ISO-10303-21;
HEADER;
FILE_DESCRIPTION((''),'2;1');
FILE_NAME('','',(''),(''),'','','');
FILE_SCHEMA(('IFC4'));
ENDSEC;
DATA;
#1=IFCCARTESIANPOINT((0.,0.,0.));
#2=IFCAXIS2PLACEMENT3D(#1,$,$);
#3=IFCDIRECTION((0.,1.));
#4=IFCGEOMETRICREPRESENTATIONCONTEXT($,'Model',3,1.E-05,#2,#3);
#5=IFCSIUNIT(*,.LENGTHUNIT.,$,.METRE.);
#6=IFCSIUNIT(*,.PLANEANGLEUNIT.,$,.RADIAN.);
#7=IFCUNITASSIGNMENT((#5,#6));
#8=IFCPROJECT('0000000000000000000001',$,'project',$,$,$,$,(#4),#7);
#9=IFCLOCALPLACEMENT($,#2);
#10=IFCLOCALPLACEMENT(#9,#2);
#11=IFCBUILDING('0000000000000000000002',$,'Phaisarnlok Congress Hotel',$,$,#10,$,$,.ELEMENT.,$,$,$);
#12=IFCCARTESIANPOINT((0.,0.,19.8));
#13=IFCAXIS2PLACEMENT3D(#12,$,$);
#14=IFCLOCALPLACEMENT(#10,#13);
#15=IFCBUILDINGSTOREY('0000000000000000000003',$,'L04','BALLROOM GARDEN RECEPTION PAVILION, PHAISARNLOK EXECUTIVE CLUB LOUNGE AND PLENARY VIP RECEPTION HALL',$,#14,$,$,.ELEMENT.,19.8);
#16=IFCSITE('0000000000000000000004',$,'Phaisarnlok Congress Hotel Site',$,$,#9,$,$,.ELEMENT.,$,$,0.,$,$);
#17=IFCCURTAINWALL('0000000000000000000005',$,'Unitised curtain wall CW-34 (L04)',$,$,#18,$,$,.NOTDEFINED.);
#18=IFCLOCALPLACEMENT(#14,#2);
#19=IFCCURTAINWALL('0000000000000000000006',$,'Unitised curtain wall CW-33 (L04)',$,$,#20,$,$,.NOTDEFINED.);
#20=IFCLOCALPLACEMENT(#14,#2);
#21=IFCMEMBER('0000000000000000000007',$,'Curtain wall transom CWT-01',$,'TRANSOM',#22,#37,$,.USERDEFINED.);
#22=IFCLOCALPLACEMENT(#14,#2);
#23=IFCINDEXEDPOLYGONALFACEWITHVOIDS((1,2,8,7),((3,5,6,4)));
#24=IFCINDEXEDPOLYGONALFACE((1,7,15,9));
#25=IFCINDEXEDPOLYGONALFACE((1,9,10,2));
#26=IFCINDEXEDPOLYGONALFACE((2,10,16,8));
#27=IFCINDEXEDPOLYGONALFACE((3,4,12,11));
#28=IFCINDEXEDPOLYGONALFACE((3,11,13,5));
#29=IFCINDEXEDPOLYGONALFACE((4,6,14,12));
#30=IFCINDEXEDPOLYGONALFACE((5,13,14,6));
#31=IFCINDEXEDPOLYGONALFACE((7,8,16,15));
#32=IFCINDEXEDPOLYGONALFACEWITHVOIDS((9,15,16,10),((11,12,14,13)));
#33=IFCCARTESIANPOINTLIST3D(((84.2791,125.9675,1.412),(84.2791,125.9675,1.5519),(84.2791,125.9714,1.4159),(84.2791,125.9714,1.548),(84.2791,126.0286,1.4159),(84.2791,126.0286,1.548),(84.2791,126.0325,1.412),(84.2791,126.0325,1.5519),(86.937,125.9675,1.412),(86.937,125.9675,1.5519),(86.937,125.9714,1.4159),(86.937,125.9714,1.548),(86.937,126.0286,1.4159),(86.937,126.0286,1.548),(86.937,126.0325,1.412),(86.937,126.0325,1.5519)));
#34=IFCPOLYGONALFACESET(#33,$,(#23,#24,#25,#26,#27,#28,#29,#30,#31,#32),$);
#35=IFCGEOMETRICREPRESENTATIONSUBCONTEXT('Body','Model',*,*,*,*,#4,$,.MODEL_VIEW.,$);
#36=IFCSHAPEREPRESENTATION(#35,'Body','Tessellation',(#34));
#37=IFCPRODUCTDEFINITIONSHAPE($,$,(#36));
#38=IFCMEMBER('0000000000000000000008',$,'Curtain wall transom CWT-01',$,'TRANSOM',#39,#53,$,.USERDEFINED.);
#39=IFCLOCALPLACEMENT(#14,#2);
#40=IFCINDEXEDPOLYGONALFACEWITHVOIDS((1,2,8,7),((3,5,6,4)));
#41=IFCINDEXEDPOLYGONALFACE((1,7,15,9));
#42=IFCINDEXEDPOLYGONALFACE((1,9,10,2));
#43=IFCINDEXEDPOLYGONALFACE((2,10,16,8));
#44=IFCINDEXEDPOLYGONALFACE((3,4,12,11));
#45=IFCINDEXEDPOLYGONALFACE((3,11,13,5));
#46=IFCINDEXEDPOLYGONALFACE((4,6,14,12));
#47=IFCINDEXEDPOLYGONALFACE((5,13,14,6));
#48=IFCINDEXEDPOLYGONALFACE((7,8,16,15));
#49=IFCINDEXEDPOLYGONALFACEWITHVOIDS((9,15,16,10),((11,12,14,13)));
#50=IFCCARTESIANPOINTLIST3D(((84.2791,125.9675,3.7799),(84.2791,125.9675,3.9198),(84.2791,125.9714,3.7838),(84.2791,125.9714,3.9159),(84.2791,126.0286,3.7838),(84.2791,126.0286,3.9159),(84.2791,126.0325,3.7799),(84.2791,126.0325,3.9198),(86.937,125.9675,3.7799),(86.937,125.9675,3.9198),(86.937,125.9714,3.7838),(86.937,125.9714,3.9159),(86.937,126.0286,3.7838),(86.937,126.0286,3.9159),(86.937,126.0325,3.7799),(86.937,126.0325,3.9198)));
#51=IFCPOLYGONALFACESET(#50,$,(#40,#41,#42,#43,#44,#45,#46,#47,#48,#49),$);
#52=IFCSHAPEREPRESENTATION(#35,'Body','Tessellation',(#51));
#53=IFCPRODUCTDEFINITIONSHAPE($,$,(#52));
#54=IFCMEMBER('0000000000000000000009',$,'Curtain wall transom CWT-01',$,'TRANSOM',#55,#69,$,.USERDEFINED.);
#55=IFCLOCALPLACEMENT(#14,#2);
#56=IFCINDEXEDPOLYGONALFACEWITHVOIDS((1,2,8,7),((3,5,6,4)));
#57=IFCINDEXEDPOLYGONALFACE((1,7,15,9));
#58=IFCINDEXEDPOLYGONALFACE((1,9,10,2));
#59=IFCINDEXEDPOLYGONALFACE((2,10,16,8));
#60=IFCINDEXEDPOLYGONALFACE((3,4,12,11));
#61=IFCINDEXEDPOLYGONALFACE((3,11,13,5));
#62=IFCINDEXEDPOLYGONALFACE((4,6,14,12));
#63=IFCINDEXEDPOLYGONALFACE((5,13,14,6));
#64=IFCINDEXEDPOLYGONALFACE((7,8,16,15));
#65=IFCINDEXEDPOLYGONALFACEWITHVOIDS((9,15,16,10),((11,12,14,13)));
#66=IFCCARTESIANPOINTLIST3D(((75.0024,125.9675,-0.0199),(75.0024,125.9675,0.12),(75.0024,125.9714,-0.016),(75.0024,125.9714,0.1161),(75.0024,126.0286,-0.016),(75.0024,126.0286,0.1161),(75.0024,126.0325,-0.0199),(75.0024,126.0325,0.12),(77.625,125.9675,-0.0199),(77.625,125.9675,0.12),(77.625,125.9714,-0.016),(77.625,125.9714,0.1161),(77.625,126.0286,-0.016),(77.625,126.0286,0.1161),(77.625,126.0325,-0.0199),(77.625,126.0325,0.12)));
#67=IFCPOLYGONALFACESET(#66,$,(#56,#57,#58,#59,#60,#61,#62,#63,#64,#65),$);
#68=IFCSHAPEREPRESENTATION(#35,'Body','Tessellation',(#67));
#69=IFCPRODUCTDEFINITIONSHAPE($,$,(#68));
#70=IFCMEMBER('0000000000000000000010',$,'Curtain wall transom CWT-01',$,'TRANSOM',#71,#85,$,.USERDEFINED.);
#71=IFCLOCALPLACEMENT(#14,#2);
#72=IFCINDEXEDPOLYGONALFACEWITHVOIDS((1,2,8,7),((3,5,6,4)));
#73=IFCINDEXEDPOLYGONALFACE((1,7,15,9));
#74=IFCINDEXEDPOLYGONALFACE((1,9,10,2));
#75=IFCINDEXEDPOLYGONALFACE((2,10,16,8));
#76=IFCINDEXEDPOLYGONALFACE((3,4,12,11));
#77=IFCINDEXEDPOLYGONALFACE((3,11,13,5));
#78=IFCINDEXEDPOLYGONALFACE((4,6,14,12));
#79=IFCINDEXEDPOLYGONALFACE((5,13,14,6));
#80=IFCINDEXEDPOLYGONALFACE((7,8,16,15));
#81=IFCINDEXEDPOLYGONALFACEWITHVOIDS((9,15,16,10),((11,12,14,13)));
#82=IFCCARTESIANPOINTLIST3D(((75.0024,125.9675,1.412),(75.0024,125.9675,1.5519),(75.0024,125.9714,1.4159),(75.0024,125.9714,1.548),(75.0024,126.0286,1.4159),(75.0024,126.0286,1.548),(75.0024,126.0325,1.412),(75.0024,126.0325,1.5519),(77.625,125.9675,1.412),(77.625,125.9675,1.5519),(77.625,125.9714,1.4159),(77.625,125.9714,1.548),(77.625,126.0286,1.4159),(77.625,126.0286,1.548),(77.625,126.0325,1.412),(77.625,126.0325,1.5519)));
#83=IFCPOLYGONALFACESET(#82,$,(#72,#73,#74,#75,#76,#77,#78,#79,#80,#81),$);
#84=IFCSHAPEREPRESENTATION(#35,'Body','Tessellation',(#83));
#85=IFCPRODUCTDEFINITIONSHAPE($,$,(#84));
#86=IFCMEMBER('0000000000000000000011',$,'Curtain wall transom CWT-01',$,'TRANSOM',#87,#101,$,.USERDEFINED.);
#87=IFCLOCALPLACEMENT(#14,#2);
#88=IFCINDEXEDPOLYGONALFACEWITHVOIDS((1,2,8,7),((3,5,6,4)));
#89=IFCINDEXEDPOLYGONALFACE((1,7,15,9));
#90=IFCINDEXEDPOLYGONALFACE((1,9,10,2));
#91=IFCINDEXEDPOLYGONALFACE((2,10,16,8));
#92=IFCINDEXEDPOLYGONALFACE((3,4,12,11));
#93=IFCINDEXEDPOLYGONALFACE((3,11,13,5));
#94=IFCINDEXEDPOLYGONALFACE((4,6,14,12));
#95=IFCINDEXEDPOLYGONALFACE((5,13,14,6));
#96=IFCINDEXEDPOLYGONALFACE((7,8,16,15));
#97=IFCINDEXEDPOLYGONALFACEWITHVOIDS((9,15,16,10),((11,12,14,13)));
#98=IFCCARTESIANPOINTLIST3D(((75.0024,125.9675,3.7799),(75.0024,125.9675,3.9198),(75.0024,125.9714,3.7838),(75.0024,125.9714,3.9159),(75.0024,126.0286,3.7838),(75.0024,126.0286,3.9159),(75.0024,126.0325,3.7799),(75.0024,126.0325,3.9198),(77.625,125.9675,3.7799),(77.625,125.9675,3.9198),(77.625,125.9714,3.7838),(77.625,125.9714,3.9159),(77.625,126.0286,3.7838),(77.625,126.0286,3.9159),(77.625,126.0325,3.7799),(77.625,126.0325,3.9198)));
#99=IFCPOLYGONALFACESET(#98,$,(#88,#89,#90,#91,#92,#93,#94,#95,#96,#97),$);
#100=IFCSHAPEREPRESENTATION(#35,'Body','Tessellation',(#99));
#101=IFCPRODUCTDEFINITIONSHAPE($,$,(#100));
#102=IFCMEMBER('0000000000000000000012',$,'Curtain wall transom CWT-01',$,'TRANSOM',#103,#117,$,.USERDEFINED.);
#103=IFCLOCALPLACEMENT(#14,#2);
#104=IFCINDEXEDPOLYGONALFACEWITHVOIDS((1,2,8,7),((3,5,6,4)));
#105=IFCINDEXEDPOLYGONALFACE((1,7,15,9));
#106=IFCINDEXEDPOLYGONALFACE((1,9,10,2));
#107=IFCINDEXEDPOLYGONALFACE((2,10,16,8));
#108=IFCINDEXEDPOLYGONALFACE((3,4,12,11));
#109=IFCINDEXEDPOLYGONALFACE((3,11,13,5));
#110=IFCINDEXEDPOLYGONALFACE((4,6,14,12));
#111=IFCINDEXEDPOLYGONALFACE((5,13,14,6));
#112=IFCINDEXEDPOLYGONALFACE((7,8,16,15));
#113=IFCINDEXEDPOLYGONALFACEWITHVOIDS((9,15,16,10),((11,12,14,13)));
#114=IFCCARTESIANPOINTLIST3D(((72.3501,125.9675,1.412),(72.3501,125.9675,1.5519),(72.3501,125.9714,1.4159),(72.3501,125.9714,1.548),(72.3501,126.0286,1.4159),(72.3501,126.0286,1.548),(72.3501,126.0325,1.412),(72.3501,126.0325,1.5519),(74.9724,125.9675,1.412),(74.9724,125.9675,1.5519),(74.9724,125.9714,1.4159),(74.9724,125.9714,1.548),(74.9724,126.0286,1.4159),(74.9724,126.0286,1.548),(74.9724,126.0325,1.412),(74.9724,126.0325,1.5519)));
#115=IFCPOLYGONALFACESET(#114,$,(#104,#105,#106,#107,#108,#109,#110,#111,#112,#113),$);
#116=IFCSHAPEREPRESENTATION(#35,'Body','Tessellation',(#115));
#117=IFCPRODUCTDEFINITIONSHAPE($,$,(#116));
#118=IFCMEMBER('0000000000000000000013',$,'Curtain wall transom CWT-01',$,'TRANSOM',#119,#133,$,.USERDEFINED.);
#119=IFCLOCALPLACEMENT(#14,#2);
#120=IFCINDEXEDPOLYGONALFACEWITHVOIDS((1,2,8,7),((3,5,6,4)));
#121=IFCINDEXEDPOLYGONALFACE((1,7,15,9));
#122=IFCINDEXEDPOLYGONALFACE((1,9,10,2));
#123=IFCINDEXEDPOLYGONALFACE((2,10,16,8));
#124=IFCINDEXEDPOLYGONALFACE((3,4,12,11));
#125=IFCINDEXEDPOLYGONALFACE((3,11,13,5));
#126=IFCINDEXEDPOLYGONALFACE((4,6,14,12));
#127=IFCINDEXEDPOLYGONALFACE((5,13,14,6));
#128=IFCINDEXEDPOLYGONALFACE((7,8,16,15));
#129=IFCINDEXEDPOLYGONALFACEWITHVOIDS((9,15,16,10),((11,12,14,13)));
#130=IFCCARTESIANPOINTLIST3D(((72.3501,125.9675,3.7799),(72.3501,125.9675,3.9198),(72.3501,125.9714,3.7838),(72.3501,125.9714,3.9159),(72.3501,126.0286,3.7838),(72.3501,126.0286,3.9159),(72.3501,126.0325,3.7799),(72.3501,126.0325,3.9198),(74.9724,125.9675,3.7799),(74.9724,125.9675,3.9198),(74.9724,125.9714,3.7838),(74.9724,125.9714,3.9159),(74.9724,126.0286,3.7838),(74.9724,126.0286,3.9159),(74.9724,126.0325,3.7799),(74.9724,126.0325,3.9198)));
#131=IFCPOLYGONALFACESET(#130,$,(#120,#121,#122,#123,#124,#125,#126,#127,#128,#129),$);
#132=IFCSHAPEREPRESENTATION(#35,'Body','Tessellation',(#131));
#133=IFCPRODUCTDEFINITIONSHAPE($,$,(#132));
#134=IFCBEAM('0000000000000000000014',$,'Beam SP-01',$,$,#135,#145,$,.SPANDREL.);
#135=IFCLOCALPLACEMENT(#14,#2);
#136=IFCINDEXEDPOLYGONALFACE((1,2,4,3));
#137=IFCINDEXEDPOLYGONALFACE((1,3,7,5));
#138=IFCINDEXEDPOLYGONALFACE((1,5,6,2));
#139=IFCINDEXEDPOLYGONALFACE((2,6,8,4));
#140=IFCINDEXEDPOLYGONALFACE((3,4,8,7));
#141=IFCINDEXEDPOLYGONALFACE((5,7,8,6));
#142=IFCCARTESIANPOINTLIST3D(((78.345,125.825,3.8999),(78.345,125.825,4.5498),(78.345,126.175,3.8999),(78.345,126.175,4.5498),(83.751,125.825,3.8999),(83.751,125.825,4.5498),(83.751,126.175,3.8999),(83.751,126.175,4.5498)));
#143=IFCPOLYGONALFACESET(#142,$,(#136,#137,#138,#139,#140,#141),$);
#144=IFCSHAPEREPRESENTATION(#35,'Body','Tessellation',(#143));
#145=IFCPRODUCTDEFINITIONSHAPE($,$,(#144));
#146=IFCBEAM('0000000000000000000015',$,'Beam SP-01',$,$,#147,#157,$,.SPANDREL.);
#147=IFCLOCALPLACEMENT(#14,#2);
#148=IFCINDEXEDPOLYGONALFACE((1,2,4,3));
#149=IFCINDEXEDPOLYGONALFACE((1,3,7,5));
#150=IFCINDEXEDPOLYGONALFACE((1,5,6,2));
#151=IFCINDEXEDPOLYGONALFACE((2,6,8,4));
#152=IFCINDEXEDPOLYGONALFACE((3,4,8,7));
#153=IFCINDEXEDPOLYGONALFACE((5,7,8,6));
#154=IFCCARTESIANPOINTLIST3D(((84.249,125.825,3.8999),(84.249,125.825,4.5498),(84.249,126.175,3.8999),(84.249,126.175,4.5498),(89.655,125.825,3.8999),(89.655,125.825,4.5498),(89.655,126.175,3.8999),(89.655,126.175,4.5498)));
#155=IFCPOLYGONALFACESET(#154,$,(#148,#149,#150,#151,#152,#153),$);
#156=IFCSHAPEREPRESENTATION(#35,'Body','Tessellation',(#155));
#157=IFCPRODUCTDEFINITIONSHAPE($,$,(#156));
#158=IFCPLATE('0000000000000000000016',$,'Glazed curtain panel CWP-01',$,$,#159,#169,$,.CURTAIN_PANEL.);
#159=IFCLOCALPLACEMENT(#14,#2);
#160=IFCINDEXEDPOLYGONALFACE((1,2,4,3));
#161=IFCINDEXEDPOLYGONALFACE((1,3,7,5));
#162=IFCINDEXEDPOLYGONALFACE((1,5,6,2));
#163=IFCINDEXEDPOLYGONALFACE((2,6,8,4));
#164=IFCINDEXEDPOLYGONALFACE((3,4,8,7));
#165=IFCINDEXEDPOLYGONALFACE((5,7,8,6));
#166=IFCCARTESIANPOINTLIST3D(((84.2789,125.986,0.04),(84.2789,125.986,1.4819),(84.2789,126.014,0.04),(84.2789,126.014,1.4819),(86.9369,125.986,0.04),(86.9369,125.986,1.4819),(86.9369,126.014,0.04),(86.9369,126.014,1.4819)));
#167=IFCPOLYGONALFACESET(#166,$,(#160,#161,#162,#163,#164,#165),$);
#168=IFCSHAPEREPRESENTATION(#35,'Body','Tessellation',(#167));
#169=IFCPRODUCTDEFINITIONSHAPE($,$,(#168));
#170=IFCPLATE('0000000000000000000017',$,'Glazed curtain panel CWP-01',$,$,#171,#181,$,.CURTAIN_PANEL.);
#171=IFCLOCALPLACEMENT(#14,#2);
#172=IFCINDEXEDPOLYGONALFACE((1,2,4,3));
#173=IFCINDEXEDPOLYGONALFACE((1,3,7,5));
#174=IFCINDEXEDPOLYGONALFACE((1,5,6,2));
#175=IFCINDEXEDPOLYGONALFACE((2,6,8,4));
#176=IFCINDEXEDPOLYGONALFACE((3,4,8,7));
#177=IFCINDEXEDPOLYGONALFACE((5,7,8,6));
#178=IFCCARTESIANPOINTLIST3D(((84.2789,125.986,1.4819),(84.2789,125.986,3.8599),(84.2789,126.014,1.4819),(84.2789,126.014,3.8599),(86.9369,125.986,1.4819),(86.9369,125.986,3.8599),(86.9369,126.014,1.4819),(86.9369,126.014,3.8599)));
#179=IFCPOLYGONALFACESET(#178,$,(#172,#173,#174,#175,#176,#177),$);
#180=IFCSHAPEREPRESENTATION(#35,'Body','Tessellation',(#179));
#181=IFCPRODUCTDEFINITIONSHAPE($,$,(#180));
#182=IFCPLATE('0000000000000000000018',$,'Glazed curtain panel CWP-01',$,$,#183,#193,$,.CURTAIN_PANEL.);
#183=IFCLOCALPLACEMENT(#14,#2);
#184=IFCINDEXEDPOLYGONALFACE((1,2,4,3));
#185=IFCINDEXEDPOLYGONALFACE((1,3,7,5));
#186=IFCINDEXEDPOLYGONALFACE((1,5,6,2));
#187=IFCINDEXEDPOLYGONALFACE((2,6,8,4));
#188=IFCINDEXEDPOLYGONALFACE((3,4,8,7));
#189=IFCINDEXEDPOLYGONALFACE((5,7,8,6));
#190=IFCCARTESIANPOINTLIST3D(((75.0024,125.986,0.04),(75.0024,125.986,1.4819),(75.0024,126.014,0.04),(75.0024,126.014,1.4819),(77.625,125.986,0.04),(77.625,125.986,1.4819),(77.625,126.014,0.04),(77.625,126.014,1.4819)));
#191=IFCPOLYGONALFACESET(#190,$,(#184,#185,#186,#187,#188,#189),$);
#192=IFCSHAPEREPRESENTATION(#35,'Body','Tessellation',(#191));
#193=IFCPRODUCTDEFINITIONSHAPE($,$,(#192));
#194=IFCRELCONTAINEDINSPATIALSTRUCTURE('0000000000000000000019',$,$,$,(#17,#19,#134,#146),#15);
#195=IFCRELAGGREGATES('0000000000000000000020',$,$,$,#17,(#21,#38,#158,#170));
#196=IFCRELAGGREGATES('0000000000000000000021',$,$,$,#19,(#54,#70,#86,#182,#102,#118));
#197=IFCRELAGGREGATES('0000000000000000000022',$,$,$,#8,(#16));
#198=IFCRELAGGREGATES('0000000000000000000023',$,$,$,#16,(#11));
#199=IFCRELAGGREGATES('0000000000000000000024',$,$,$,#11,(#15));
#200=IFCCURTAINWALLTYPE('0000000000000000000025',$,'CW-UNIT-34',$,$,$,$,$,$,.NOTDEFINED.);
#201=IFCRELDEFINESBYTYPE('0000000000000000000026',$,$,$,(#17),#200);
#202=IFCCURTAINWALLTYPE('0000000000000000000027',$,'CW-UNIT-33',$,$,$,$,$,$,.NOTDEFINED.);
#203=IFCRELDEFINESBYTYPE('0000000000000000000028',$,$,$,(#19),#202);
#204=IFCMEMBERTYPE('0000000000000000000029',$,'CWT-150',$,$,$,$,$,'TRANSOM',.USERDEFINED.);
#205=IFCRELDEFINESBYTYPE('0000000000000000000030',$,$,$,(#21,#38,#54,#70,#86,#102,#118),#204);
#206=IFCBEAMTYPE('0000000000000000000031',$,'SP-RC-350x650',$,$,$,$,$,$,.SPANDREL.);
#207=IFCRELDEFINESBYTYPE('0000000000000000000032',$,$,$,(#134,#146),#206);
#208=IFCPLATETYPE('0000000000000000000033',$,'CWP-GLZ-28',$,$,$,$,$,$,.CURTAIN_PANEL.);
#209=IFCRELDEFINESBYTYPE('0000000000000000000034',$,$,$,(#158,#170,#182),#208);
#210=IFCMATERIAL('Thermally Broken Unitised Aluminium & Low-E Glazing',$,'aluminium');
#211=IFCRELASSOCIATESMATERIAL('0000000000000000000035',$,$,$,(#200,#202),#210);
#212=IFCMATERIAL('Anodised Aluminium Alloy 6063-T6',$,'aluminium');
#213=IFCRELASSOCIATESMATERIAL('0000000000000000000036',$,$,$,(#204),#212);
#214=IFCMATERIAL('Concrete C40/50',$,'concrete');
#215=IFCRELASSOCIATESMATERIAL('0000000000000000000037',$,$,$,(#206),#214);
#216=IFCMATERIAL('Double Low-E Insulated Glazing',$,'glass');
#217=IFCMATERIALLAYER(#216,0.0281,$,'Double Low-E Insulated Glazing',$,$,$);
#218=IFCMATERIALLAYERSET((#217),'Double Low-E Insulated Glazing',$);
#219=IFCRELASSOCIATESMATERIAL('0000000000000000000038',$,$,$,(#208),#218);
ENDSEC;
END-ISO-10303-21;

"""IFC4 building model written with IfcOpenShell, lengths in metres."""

from ifc_helpers import new_model, si_unit, direction, frame, frame_2d, origin, origin_2d, place, context, subcontext, project, spatial, rectangle, hollow_rectangle, extrude, material, layer, layer_set, material_profile, profile_set, type_object, element, aggregate, save


model = new_model("IFC4")

# Units and contexts
model_context = context("Model", 3, precision=1e-05, world=origin(), true_north=direction((0.0, 1.0)))
body_context = subcontext(model_context, "Body", "Model", "MODEL_VIEW")
ifc_project = project(units=[si_unit("LENGTHUNIT", "METRE"), si_unit("PLANEANGLEUNIT", "RADIAN")], contexts=[model_context])

# Site, building, storey
site_placement = place(None, origin())
site = spatial("IfcSite", under=ifc_project, at=site_placement, Name="Phaisarnlok Congress Hotel Site", CompositionType="ELEMENT", RefElevation=0.0)
building_placement = place(site_placement, origin())
building = spatial("IfcBuilding", under=site, at=building_placement, Name="Phaisarnlok Congress Hotel", CompositionType="ELEMENT")
storey_placement = place(building_placement, frame((0.0, 0.0, 19.8)))
storey = spatial("IfcBuildingStorey", under=building, at=storey_placement, Name="L04", Description="BALLROOM GARDEN RECEPTION PAVILION, PHAISARNLOK EXECUTIVE CLUB LOUNGE AND PLENARY VIP RECEPTION HALL", CompositionType="ELEMENT", Elevation=19.8)

# Curtain walls
ifc_material_1 = material(Name="Thermally Broken Unitised Aluminium & Low-E Glazing", Category="aluminium")
curtain_wall_type_1 = type_object("IfcCurtainWallType", Name="CW-UNIT-34", PredefinedType="NOTDEFINED", material=ifc_material_1)
curtain_wall_1_placement = place(storey_placement, origin())
curtain_wall_1 = element("IfcCurtainWall", 1, at=curtain_wall_1_placement, inside=storey, type_object=curtain_wall_type_1, Name="Unitised curtain wall CW-34 (L04)", PredefinedType="NOTDEFINED")
ifc_material_2 = material(Name="Anodised Aluminium Alloy 6063-T6", Category="aluminium")
curtain_wall_type_2 = type_object("IfcCurtainWallType", Name="CW-UNIT-33", PredefinedType="NOTDEFINED", material=ifc_material_1)
curtain_wall_2_placement = place(storey_placement, origin())
curtain_wall_2 = element("IfcCurtainWall", 2, at=curtain_wall_2_placement, inside=storey, type_object=curtain_wall_type_2, Name="Unitised curtain wall CW-33 (L04)", PredefinedType="NOTDEFINED")

# Members
ifc_material_profile_1 = material_profile(ifc_material_2, hollow_rectangle(XDim=0.0649, YDim=0.1399, WallThickness=0.0039, at=origin_2d()), Name="ALU-T 65x140x4")
ifc_profile_set_1 = profile_set([ifc_material_profile_1], Name="Anodised Aluminium Alloy 6063-T6")
member_type_1 = type_object("IfcMemberType", Name="CWT-150", ElementType="TRANSOM", PredefinedType="USERDEFINED", material=ifc_profile_set_1)
member_1_placement = place(storey_placement, frame((86.937, 126.0, 1.4819), z_axis=(-1.0, 0.0, 0.0), x_axis=(0.0, -1.0, 0.0)))
member_1 = element("IfcMember", 3, at=member_1_placement, type_object=member_type_1, Name="Curtain wall transom CWT-01", ObjectType="TRANSOM", PredefinedType="USERDEFINED", context=body_context, shape_type="SweptSolid", body=[
    extrude(hollow_rectangle(XDim=0.0649, YDim=0.1399, WallThickness=0.0039, at=origin_2d()), origin(), (0.0, 0.0, 1.0), 2.658),
])
member_2_placement = place(storey_placement, frame((86.937, 126.0, 3.8499), z_axis=(-1.0, 0.0, 0.0), x_axis=(0.0, -1.0, 0.0)))
member_2 = element("IfcMember", 4, at=member_2_placement, type_object=member_type_1, Name="Curtain wall transom CWT-01", ObjectType="TRANSOM", PredefinedType="USERDEFINED", context=body_context, shape_type="SweptSolid", body=[
    extrude(hollow_rectangle(XDim=0.0649, YDim=0.1399, WallThickness=0.0039, at=origin_2d()), origin(), (0.0, 0.0, 1.0), 2.658),
])
member_3_placement = place(storey_placement, frame((77.625, 126.0, 0.05), z_axis=(-1.0, 0.0, 0.0), x_axis=(0.0, -1.0, 0.0)))
member_3 = element("IfcMember", 5, at=member_3_placement, type_object=member_type_1, Name="Curtain wall transom CWT-01", ObjectType="TRANSOM", PredefinedType="USERDEFINED", context=body_context, shape_type="SweptSolid", body=[
    extrude(hollow_rectangle(XDim=0.0649, YDim=0.1399, WallThickness=0.0039, at=origin_2d()), origin(), (0.0, 0.0, 1.0), 2.6226),
])
member_4_placement = place(storey_placement, frame((77.625, 126.0, 1.4819), z_axis=(-1.0, 0.0, 0.0), x_axis=(0.0, -1.0, 0.0)))
member_4 = element("IfcMember", 6, at=member_4_placement, type_object=member_type_1, Name="Curtain wall transom CWT-01", ObjectType="TRANSOM", PredefinedType="USERDEFINED", context=body_context, shape_type="SweptSolid", body=[
    extrude(hollow_rectangle(XDim=0.0649, YDim=0.1399, WallThickness=0.0039, at=origin_2d()), origin(), (0.0, 0.0, 1.0), 2.6226),
])
member_5_placement = place(storey_placement, frame((77.625, 126.0, 3.8499), z_axis=(-1.0, 0.0, 0.0), x_axis=(0.0, -1.0, 0.0)))
member_5 = element("IfcMember", 7, at=member_5_placement, type_object=member_type_1, Name="Curtain wall transom CWT-01", ObjectType="TRANSOM", PredefinedType="USERDEFINED", context=body_context, shape_type="SweptSolid", body=[
    extrude(hollow_rectangle(XDim=0.0649, YDim=0.1399, WallThickness=0.0039, at=origin_2d()), origin(), (0.0, 0.0, 1.0), 2.6226),
])
member_6_placement = place(storey_placement, frame((74.9724, 126.0, 1.4819), z_axis=(-1.0, 0.0, 0.0), x_axis=(0.0, -1.0, 0.0)))
member_6 = element("IfcMember", 8, at=member_6_placement, type_object=member_type_1, Name="Curtain wall transom CWT-01", ObjectType="TRANSOM", PredefinedType="USERDEFINED", context=body_context, shape_type="SweptSolid", body=[
    extrude(hollow_rectangle(XDim=0.0649, YDim=0.1399, WallThickness=0.0039, at=origin_2d()), origin(), (0.0, 0.0, 1.0), 2.6223),
])
member_7_placement = place(storey_placement, frame((74.9724, 126.0, 3.8499), z_axis=(-1.0, 0.0, 0.0), x_axis=(0.0, -1.0, 0.0)))
member_7 = element("IfcMember", 9, at=member_7_placement, type_object=member_type_1, Name="Curtain wall transom CWT-01", ObjectType="TRANSOM", PredefinedType="USERDEFINED", context=body_context, shape_type="SweptSolid", body=[
    extrude(hollow_rectangle(XDim=0.0649, YDim=0.1399, WallThickness=0.0039, at=origin_2d()), origin(), (0.0, 0.0, 1.0), 2.6223),
])

# Beams
ifc_material_3 = material(Name="Concrete C40/50", Category="concrete")
ifc_material_profile_2 = material_profile(ifc_material_3, rectangle(XDim=0.3501, YDim=0.6499, at=origin_2d()), Name="RC 350x650")
ifc_profile_set_2 = profile_set([ifc_material_profile_2], Name="Concrete C40/50")
beam_type = type_object("IfcBeamType", Name="SP-RC-350x650", PredefinedType="SPANDREL", material=ifc_profile_set_2)
for number, where, z_axis, x_axis, name in (
    (10, (78.345, 126.0, 4.2249), (1.0, 0.0, 0.0), (0.0, 1.0, 0.0), "Beam SP-01"),
    (11, (84.249, 126.0, 4.2249), (1.0, 0.0, 0.0), (0.0, 1.0, 0.0), "Beam SP-01"),
):
    element("IfcBeam", number, at=place(storey_placement, frame(where, z_axis=z_axis, x_axis=x_axis)), inside=storey, type_object=beam_type, Name=name, PredefinedType="SPANDREL", context=body_context, shape_type="SweptSolid", body=[
        extrude(rectangle(XDim=0.3501, YDim=0.6499, at=origin_2d()), origin(), (0.0, 0.0, 1.0), 5.406),
    ])

# Plates
ifc_material_4 = material(Name="Double Low-E Insulated Glazing", Category="glass")
ifc_layer_1 = layer(ifc_material_4, 0.0281, Name="Double Low-E Insulated Glazing")
ifc_layer_set_1 = layer_set([ifc_layer_1], Name="Double Low-E Insulated Glazing")
plate_type_1 = type_object("IfcPlateType", Name="CWP-GLZ-28", PredefinedType="CURTAIN_PANEL", material=ifc_layer_set_1)
plate_1_placement = place(storey_placement, frame((86.937, 126.0, 0.04), z_axis=(0.0, 0.0, 1.0), x_axis=(-1.0, 0.0, 0.0)))
plate_1 = element("IfcPlate", 12, at=plate_1_placement, type_object=plate_type_1, Name="Glazed curtain panel CWP-01", PredefinedType="CURTAIN_PANEL", context=body_context, shape_type="SweptSolid", body=[
    extrude(rectangle(XDim=2.658, YDim=0.0281, at=frame_2d((1.3291, 0.0))), origin(), (0.0, 0.0, 1.0), 1.4419),
])
plate_2_placement = place(storey_placement, frame((86.937, 126.0, 1.4819), z_axis=(0.0, 0.0, 1.0), x_axis=(-1.0, 0.0, 0.0)))
plate_2 = element("IfcPlate", 13, at=plate_2_placement, type_object=plate_type_1, Name="Glazed curtain panel CWP-01", PredefinedType="CURTAIN_PANEL", context=body_context, shape_type="SweptSolid", body=[
    extrude(rectangle(XDim=2.658, YDim=0.0281, at=frame_2d((1.3291, 0.0))), origin(), (0.0, 0.0, 1.0), 2.3779),
])
aggregate(curtain_wall_1, [member_1, member_2, plate_1, plate_2])
plate_3_placement = place(storey_placement, frame((77.625, 126.0, 0.04), z_axis=(0.0, 0.0, 1.0), x_axis=(-1.0, 0.0, 0.0)))
plate_3 = element("IfcPlate", 14, at=plate_3_placement, type_object=plate_type_1, Name="Glazed curtain panel CWP-01", PredefinedType="CURTAIN_PANEL", context=body_context, shape_type="SweptSolid", body=[
    extrude(rectangle(XDim=2.6226, YDim=0.0281, at=frame_2d((1.3113, 0.0))), origin(), (0.0, 0.0, 1.0), 1.4419),
])
aggregate(curtain_wall_2, [member_3, member_4, member_5, plate_3, member_6, member_7])

save(model, "model.ifc")
